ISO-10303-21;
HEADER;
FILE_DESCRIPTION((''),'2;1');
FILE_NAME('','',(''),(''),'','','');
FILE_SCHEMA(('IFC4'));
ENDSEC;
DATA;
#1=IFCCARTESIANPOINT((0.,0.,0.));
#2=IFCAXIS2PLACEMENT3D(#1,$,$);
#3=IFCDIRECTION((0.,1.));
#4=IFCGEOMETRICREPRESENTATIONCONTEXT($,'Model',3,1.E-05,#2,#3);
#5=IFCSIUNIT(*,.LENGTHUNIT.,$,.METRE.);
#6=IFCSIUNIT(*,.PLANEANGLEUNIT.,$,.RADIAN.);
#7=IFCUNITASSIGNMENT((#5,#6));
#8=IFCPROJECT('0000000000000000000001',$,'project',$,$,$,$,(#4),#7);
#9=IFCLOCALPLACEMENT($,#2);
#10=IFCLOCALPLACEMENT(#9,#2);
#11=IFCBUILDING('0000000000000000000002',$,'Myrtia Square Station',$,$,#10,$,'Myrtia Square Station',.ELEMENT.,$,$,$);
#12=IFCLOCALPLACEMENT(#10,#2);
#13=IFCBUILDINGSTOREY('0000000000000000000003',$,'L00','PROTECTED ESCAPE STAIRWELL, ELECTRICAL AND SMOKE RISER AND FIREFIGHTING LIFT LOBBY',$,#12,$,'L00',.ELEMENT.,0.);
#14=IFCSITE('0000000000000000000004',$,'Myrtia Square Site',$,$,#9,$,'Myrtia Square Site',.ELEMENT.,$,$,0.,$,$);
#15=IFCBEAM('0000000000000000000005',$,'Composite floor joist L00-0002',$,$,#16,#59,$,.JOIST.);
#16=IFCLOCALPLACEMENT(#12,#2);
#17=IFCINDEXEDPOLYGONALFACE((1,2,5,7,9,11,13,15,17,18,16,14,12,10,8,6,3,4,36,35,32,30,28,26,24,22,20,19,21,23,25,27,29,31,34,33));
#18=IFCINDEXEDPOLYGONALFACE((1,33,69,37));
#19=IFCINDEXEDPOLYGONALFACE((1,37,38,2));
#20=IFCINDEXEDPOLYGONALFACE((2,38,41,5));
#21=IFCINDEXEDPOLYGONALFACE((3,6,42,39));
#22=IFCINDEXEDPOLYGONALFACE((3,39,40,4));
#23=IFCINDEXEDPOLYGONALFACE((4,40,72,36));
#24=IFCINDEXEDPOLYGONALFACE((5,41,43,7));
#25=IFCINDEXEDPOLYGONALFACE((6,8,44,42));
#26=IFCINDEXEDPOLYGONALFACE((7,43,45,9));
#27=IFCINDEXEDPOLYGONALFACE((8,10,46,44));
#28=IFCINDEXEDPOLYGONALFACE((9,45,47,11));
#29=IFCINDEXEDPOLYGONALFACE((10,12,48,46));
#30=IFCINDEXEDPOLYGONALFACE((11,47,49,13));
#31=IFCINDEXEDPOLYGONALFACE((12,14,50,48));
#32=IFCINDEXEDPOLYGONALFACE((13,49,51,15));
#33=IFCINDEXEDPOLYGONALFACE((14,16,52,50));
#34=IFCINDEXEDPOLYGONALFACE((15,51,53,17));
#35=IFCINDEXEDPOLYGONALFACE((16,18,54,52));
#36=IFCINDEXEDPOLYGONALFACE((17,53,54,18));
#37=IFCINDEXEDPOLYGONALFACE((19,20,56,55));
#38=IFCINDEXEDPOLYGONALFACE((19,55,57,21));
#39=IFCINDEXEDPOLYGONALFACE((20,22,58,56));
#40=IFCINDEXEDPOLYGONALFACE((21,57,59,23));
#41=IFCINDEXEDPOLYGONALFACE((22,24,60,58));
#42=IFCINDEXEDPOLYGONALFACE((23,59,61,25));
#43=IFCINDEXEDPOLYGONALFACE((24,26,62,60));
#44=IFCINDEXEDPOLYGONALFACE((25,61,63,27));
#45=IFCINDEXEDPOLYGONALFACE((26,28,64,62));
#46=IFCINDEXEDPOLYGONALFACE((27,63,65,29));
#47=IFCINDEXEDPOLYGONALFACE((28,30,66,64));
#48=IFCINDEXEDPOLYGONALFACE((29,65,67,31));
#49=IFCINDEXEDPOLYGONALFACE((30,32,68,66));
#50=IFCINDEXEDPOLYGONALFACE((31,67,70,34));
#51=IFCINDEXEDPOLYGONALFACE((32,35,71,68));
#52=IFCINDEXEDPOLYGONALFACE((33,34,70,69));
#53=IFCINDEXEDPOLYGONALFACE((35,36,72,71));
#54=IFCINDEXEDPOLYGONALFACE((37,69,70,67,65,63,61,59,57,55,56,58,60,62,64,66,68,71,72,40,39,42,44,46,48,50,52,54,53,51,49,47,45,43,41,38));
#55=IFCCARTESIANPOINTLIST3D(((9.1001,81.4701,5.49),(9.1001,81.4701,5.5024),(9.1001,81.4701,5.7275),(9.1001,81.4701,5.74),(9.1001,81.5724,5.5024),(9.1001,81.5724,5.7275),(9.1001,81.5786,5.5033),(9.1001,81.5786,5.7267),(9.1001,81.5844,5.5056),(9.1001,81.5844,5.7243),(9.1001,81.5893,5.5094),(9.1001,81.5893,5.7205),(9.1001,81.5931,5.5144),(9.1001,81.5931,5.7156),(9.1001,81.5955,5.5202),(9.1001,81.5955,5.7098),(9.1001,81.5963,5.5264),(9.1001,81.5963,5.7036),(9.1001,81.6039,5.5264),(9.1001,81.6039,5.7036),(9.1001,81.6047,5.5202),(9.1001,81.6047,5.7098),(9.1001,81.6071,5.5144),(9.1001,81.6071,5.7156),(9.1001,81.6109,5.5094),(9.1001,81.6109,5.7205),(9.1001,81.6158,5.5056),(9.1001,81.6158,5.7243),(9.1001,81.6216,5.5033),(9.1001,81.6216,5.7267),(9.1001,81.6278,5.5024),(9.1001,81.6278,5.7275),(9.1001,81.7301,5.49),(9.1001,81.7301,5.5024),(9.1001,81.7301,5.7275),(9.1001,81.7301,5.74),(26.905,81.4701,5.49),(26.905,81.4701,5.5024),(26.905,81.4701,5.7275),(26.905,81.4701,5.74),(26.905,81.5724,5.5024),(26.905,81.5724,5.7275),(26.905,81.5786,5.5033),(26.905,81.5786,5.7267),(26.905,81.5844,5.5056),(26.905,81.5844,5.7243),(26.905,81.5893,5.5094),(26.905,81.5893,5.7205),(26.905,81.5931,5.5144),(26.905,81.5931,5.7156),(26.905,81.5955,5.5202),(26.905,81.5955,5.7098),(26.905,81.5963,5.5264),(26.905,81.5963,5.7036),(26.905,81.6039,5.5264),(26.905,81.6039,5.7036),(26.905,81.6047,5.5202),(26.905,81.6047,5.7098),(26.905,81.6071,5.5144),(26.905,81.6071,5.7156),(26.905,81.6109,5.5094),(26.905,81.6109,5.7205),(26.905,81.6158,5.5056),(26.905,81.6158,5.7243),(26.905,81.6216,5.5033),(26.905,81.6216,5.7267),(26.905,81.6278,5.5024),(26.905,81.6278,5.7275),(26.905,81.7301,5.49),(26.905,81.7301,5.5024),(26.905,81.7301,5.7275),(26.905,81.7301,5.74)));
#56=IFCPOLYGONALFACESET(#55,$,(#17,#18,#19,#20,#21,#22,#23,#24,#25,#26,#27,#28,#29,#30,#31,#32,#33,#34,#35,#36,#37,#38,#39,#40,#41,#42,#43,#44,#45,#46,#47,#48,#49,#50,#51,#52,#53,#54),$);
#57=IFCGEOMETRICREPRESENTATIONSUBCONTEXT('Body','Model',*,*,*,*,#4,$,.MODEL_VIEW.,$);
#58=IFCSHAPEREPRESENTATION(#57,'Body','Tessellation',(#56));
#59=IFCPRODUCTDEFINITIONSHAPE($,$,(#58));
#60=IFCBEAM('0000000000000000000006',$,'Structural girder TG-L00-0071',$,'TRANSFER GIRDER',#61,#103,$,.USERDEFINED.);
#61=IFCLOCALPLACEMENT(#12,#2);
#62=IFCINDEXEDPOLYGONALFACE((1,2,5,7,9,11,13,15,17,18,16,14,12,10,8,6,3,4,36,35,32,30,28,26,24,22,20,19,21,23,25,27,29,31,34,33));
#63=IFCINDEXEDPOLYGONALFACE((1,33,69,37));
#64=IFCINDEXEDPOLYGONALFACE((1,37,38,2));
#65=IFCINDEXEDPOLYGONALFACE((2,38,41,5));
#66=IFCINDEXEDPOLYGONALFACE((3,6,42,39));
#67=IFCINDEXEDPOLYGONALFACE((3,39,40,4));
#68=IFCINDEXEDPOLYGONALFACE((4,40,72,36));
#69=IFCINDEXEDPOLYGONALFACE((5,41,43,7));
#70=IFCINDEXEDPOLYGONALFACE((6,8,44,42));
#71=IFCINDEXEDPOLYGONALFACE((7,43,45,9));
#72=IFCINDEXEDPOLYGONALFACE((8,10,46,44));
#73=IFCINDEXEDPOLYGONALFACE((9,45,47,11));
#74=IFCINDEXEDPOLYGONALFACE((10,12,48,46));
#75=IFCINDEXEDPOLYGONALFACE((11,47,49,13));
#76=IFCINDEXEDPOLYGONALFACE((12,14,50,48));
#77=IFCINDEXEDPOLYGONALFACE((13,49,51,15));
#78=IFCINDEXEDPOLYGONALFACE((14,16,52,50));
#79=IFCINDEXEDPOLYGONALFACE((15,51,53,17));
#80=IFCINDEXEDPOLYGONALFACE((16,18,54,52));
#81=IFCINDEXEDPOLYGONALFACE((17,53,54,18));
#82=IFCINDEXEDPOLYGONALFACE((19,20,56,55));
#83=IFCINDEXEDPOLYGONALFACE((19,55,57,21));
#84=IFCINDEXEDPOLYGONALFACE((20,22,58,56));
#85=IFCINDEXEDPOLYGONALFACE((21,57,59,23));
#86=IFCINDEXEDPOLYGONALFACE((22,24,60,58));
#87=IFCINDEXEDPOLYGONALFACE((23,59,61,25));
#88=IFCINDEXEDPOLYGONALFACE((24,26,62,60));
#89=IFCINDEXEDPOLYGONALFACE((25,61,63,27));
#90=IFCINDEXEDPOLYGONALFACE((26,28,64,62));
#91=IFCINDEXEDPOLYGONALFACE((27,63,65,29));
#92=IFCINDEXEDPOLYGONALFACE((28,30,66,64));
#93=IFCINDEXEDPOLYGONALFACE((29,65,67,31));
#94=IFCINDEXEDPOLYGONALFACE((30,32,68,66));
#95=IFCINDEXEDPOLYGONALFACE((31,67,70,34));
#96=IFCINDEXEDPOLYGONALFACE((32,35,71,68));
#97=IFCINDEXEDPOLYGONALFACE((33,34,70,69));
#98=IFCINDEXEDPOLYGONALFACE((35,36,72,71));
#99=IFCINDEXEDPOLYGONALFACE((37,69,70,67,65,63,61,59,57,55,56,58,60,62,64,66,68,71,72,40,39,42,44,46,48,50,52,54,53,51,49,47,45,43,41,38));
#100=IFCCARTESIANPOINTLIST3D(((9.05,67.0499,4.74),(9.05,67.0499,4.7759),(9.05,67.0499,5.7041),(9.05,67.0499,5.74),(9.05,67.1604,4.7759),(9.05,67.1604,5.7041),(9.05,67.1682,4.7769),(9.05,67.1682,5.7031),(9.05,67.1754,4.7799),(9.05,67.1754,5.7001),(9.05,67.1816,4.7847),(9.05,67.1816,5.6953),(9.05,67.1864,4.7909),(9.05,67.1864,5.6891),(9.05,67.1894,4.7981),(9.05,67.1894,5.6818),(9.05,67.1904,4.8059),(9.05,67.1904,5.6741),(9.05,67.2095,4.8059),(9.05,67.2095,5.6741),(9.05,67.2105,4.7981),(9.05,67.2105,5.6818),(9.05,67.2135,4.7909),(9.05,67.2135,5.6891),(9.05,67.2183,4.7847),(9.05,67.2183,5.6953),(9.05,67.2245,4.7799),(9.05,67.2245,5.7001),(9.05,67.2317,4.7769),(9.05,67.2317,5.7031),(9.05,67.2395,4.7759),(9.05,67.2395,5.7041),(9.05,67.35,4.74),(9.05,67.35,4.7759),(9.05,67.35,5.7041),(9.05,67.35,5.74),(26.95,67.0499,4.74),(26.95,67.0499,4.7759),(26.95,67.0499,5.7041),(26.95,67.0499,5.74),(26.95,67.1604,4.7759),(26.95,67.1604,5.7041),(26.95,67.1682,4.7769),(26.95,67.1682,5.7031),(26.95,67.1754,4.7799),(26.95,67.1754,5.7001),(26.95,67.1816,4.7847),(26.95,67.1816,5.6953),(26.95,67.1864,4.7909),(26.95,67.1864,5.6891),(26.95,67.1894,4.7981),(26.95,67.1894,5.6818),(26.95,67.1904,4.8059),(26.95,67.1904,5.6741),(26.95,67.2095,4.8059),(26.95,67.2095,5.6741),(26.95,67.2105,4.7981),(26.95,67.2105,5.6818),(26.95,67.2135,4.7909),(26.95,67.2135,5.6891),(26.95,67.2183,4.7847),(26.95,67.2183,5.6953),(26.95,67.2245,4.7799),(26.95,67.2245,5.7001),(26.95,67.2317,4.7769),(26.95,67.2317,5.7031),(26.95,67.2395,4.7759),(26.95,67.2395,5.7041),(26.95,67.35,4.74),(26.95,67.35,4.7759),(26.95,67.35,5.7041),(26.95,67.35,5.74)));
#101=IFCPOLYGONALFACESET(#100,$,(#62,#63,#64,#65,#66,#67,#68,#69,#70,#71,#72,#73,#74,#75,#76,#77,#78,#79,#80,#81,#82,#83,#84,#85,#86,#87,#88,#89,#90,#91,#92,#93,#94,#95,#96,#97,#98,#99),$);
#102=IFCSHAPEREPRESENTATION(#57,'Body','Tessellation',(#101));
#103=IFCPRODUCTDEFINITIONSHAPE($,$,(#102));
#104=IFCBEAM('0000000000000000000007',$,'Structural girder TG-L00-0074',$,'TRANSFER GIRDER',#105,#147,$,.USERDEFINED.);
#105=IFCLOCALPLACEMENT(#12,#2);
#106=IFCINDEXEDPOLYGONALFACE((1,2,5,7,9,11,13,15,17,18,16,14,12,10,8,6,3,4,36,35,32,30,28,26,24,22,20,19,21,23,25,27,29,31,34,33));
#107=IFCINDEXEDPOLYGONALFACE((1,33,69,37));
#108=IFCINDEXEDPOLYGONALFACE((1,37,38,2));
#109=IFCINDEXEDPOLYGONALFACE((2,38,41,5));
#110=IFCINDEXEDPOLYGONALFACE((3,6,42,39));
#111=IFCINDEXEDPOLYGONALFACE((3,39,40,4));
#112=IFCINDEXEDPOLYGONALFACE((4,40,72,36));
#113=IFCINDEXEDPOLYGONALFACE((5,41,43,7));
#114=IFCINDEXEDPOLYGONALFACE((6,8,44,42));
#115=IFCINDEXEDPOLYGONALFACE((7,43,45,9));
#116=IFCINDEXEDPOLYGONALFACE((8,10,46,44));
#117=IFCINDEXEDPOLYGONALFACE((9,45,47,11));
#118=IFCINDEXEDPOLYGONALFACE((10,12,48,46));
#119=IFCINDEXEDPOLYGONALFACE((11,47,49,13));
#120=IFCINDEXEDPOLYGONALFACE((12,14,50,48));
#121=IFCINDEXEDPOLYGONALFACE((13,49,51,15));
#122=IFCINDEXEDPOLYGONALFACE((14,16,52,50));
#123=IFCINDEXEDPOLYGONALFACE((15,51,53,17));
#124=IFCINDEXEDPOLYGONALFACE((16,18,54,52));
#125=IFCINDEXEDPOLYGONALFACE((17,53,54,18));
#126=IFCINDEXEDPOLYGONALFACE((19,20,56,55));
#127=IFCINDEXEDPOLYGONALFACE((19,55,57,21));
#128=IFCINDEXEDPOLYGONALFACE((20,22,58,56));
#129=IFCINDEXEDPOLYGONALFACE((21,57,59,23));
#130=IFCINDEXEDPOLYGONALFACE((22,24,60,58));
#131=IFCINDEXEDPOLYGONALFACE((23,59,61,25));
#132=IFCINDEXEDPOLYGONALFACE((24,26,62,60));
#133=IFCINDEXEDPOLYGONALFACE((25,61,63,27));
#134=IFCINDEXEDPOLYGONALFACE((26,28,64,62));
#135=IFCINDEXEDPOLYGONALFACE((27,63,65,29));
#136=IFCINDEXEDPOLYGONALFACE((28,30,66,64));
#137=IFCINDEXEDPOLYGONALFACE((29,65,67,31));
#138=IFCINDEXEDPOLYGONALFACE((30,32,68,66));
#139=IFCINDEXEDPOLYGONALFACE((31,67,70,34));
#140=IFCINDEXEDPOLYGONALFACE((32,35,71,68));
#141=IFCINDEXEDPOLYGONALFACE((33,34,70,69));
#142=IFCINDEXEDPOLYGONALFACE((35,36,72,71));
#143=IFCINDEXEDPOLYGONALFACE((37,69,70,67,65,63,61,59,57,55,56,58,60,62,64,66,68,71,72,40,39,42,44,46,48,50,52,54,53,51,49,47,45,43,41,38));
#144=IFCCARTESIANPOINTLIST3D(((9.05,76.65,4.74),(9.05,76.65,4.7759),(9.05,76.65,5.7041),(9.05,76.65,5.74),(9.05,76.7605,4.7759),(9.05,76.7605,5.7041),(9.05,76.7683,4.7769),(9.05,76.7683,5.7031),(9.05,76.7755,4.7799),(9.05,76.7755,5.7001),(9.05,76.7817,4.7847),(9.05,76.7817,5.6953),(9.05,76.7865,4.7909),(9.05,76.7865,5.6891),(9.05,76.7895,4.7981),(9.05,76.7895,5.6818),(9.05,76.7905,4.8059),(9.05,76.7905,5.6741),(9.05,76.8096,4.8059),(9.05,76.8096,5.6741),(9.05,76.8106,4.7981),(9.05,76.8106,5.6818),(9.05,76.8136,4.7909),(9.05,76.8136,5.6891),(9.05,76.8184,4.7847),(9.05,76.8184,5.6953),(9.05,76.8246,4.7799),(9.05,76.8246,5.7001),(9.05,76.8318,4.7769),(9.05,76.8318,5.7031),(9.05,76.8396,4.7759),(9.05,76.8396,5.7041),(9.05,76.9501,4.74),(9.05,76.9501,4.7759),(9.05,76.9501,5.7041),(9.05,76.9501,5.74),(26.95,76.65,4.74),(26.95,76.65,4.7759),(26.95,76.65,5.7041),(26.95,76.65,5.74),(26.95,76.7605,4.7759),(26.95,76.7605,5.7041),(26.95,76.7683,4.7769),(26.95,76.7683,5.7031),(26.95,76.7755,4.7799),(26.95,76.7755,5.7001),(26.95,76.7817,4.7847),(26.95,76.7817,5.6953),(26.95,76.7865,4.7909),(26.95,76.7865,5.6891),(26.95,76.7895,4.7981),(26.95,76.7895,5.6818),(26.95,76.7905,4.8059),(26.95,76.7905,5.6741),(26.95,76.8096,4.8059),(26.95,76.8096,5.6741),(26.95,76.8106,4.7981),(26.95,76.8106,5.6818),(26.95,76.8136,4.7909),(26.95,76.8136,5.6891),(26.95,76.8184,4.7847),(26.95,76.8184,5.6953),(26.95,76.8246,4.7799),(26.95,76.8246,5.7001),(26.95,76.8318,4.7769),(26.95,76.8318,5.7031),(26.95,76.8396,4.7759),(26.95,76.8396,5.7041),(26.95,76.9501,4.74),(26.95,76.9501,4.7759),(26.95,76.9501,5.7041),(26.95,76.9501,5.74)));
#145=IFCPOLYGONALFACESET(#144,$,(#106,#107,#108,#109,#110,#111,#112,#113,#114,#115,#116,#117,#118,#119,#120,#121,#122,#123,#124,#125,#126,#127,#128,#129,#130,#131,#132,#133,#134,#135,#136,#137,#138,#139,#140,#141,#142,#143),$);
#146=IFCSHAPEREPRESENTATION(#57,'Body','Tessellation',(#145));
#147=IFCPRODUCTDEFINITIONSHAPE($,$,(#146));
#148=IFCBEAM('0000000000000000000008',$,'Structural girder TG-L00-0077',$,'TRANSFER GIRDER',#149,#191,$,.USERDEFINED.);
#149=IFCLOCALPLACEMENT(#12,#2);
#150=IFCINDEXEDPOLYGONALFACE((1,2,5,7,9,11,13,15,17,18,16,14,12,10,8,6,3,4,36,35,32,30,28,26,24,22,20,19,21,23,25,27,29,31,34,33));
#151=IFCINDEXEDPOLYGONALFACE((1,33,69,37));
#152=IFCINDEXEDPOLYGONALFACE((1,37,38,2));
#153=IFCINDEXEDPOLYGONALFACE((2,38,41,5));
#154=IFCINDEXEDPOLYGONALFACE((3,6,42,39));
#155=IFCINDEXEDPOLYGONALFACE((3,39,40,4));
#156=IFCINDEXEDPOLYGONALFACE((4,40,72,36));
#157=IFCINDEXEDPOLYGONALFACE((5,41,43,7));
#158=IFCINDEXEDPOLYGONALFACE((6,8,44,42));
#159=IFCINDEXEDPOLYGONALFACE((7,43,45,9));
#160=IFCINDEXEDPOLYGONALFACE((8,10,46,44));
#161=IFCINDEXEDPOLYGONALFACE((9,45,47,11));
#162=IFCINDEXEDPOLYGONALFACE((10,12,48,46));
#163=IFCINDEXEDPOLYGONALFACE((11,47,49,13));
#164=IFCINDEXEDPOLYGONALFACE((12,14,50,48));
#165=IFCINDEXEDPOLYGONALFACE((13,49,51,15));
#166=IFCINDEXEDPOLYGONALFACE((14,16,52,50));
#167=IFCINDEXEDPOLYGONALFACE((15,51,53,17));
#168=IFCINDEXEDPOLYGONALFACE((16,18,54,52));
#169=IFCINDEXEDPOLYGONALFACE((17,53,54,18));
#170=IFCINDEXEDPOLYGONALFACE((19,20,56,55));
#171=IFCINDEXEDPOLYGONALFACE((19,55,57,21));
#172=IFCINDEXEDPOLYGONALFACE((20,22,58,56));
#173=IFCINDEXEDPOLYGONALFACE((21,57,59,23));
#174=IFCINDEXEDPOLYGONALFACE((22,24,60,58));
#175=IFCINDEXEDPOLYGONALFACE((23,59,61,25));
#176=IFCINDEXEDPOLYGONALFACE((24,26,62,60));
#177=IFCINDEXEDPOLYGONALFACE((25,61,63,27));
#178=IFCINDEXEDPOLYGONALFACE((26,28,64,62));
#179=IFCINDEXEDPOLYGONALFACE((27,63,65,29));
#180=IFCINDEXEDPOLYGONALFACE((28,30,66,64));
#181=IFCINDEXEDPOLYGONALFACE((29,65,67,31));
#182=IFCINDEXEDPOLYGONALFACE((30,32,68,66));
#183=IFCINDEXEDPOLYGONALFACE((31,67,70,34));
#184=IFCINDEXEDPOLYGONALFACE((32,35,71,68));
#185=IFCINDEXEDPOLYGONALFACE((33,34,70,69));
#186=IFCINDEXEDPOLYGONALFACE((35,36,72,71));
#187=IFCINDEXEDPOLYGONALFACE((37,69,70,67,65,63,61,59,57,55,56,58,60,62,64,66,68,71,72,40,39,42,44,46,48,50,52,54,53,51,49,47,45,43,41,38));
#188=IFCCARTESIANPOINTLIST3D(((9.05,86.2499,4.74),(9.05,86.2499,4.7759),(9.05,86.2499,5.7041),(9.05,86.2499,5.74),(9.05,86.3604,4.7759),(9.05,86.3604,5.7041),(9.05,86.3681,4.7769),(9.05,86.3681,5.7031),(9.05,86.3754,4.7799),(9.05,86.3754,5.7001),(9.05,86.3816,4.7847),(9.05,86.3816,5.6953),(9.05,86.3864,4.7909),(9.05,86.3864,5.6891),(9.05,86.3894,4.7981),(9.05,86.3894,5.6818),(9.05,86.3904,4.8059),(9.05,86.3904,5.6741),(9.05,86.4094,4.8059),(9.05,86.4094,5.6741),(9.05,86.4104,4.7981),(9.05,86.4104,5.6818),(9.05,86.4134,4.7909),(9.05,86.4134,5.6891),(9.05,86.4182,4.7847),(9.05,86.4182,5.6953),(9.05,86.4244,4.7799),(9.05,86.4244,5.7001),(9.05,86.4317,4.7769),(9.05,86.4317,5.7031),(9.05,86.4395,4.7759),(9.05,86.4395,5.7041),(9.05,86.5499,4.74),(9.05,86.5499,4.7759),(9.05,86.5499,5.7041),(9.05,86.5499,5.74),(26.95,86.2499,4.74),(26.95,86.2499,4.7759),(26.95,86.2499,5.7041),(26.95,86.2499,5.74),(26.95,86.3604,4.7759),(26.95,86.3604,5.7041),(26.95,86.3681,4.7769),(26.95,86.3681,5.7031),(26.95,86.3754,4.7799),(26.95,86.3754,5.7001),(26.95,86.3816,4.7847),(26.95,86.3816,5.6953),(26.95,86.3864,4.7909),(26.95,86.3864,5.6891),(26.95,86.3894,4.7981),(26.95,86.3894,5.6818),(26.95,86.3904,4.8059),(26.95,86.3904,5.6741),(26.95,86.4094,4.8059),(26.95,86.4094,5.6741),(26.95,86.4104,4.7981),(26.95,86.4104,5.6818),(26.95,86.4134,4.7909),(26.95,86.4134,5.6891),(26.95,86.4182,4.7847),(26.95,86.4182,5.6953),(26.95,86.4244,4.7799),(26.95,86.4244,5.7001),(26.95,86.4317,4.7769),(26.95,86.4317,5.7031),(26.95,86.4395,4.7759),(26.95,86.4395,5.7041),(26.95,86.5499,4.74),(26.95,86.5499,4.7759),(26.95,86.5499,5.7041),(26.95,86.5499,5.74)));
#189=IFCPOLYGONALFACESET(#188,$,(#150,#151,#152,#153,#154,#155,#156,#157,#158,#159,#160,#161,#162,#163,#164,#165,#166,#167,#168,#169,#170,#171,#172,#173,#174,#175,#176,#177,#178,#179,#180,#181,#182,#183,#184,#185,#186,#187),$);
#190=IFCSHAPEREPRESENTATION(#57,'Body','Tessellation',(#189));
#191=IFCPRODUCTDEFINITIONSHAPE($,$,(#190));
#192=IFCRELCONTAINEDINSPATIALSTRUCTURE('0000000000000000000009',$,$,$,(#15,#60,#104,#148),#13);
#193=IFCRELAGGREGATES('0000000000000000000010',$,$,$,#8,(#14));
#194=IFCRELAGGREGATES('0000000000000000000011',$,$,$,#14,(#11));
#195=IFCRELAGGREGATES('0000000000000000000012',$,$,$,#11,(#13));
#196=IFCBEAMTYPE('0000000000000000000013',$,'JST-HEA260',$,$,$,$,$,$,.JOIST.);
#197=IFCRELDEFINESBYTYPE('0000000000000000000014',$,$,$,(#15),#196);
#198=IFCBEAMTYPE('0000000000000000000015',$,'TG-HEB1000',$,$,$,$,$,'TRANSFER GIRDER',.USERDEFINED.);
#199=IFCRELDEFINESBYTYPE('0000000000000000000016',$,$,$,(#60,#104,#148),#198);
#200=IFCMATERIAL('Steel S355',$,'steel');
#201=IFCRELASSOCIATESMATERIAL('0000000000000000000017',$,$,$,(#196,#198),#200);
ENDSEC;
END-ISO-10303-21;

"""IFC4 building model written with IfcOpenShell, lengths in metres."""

from ifc_helpers import new_model, si_unit, direction, frame, origin, origin_2d, place, context, subcontext, project, spatial, i_section, extrude, material, material_profile, profile_set, type_object, element, save


model = new_model("IFC4")

# Units and contexts
model_context = context("Model", 3, precision=1e-05, world=origin(), true_north=direction((0.0, 1.0)))
body_context = subcontext(model_context, "Body", "Model", "MODEL_VIEW")
ifc_project = project(units=[si_unit("LENGTHUNIT", "METRE"), si_unit("PLANEANGLEUNIT", "RADIAN")], contexts=[model_context])

# Site, building, storey
site_placement = place(None, origin())
site = spatial("IfcSite", under=ifc_project, at=site_placement, Name="Myrtia Square Site", LongName="Myrtia Square Site", CompositionType="ELEMENT", RefElevation=0.0)
building_placement = place(site_placement, origin())
building = spatial("IfcBuilding", under=site, at=building_placement, Name="Myrtia Square Station", LongName="Myrtia Square Station", CompositionType="ELEMENT")
storey_placement = place(building_placement, origin())
storey = spatial("IfcBuildingStorey", under=building, at=storey_placement, Name="L00", Description="PROTECTED ESCAPE STAIRWELL, ELECTRICAL AND SMOKE RISER AND FIREFIGHTING LIFT LOBBY", LongName="L00", CompositionType="ELEMENT", Elevation=0.0)

# Shared definitions
ifc_material_1 = material(Name="Steel S355", Category="steel")

# Beams
ifc_material_profile_1 = material_profile(ifc_material_1, i_section(OverallWidth=0.26, OverallDepth=0.25, WebThickness=0.0076, FlangeThickness=0.0125, FilletRadius=0.0239, at=origin_2d()), Name="HEA 260")
ifc_profile_set_1 = profile_set([ifc_material_profile_1], Name="Steel S355")
beam_type_1 = type_object("IfcBeamType", Name="JST-HEA260", PredefinedType="JOIST", material=ifc_profile_set_1)
beam_1_placement = place(storey_placement, frame((9.1001, 81.6001, 5.615), z_axis=(1.0, 0.0, 0.0), x_axis=(0.0, 1.0, 0.0)))
element("IfcBeam", 1, at=beam_1_placement, inside=storey, type_object=beam_type_1, Name="Composite floor joist L00-0002", PredefinedType="JOIST", context=body_context, shape_type="SweptSolid", body=[
    extrude(i_section(OverallWidth=0.26, OverallDepth=0.25, WebThickness=0.0076, FlangeThickness=0.0125, FilletRadius=0.0239, at=origin_2d()), origin(), (0.0, 0.0, 1.0), 17.8049),
])
ifc_material_profile_2 = material_profile(ifc_material_1, i_section(OverallWidth=0.3, OverallDepth=1.0, WebThickness=0.019, FlangeThickness=0.0359, FilletRadius=0.03, at=origin_2d()), Name="HEB 1000")
ifc_profile_set_2 = profile_set([ifc_material_profile_2], Name="Steel S355")
beam_type_2 = type_object("IfcBeamType", Name="TG-HEB1000", ElementType="TRANSFER GIRDER", PredefinedType="USERDEFINED", material=ifc_profile_set_2)
for number, where, z_axis, x_axis, name in (
    (2, (9.05, 67.2, 5.24), (1.0, 0.0, 0.0), (0.0, 1.0, 0.0), "Structural girder TG-L00-0071"),
    (3, (9.05, 76.8, 5.24), (1.0, 0.0, 0.0), (0.0, 1.0, 0.0), "Structural girder TG-L00-0074"),
    (4, (9.05, 86.3999, 5.24), (1.0, 0.0, 0.0), (0.0, 1.0, 0.0), "Structural girder TG-L00-0077"),
):
    element("IfcBeam", number, at=place(storey_placement, frame(where, z_axis=z_axis, x_axis=x_axis)), inside=storey, type_object=beam_type_2, Name=name, ObjectType="TRANSFER GIRDER", PredefinedType="USERDEFINED", context=body_context, shape_type="SweptSolid", body=[
        extrude(i_section(OverallWidth=0.3, OverallDepth=1.0, WebThickness=0.019, FlangeThickness=0.0359, FilletRadius=0.03, at=origin_2d()), origin(), (0.0, 0.0, 1.0), 17.8999),
    ])

save(model, "model.ifc")
